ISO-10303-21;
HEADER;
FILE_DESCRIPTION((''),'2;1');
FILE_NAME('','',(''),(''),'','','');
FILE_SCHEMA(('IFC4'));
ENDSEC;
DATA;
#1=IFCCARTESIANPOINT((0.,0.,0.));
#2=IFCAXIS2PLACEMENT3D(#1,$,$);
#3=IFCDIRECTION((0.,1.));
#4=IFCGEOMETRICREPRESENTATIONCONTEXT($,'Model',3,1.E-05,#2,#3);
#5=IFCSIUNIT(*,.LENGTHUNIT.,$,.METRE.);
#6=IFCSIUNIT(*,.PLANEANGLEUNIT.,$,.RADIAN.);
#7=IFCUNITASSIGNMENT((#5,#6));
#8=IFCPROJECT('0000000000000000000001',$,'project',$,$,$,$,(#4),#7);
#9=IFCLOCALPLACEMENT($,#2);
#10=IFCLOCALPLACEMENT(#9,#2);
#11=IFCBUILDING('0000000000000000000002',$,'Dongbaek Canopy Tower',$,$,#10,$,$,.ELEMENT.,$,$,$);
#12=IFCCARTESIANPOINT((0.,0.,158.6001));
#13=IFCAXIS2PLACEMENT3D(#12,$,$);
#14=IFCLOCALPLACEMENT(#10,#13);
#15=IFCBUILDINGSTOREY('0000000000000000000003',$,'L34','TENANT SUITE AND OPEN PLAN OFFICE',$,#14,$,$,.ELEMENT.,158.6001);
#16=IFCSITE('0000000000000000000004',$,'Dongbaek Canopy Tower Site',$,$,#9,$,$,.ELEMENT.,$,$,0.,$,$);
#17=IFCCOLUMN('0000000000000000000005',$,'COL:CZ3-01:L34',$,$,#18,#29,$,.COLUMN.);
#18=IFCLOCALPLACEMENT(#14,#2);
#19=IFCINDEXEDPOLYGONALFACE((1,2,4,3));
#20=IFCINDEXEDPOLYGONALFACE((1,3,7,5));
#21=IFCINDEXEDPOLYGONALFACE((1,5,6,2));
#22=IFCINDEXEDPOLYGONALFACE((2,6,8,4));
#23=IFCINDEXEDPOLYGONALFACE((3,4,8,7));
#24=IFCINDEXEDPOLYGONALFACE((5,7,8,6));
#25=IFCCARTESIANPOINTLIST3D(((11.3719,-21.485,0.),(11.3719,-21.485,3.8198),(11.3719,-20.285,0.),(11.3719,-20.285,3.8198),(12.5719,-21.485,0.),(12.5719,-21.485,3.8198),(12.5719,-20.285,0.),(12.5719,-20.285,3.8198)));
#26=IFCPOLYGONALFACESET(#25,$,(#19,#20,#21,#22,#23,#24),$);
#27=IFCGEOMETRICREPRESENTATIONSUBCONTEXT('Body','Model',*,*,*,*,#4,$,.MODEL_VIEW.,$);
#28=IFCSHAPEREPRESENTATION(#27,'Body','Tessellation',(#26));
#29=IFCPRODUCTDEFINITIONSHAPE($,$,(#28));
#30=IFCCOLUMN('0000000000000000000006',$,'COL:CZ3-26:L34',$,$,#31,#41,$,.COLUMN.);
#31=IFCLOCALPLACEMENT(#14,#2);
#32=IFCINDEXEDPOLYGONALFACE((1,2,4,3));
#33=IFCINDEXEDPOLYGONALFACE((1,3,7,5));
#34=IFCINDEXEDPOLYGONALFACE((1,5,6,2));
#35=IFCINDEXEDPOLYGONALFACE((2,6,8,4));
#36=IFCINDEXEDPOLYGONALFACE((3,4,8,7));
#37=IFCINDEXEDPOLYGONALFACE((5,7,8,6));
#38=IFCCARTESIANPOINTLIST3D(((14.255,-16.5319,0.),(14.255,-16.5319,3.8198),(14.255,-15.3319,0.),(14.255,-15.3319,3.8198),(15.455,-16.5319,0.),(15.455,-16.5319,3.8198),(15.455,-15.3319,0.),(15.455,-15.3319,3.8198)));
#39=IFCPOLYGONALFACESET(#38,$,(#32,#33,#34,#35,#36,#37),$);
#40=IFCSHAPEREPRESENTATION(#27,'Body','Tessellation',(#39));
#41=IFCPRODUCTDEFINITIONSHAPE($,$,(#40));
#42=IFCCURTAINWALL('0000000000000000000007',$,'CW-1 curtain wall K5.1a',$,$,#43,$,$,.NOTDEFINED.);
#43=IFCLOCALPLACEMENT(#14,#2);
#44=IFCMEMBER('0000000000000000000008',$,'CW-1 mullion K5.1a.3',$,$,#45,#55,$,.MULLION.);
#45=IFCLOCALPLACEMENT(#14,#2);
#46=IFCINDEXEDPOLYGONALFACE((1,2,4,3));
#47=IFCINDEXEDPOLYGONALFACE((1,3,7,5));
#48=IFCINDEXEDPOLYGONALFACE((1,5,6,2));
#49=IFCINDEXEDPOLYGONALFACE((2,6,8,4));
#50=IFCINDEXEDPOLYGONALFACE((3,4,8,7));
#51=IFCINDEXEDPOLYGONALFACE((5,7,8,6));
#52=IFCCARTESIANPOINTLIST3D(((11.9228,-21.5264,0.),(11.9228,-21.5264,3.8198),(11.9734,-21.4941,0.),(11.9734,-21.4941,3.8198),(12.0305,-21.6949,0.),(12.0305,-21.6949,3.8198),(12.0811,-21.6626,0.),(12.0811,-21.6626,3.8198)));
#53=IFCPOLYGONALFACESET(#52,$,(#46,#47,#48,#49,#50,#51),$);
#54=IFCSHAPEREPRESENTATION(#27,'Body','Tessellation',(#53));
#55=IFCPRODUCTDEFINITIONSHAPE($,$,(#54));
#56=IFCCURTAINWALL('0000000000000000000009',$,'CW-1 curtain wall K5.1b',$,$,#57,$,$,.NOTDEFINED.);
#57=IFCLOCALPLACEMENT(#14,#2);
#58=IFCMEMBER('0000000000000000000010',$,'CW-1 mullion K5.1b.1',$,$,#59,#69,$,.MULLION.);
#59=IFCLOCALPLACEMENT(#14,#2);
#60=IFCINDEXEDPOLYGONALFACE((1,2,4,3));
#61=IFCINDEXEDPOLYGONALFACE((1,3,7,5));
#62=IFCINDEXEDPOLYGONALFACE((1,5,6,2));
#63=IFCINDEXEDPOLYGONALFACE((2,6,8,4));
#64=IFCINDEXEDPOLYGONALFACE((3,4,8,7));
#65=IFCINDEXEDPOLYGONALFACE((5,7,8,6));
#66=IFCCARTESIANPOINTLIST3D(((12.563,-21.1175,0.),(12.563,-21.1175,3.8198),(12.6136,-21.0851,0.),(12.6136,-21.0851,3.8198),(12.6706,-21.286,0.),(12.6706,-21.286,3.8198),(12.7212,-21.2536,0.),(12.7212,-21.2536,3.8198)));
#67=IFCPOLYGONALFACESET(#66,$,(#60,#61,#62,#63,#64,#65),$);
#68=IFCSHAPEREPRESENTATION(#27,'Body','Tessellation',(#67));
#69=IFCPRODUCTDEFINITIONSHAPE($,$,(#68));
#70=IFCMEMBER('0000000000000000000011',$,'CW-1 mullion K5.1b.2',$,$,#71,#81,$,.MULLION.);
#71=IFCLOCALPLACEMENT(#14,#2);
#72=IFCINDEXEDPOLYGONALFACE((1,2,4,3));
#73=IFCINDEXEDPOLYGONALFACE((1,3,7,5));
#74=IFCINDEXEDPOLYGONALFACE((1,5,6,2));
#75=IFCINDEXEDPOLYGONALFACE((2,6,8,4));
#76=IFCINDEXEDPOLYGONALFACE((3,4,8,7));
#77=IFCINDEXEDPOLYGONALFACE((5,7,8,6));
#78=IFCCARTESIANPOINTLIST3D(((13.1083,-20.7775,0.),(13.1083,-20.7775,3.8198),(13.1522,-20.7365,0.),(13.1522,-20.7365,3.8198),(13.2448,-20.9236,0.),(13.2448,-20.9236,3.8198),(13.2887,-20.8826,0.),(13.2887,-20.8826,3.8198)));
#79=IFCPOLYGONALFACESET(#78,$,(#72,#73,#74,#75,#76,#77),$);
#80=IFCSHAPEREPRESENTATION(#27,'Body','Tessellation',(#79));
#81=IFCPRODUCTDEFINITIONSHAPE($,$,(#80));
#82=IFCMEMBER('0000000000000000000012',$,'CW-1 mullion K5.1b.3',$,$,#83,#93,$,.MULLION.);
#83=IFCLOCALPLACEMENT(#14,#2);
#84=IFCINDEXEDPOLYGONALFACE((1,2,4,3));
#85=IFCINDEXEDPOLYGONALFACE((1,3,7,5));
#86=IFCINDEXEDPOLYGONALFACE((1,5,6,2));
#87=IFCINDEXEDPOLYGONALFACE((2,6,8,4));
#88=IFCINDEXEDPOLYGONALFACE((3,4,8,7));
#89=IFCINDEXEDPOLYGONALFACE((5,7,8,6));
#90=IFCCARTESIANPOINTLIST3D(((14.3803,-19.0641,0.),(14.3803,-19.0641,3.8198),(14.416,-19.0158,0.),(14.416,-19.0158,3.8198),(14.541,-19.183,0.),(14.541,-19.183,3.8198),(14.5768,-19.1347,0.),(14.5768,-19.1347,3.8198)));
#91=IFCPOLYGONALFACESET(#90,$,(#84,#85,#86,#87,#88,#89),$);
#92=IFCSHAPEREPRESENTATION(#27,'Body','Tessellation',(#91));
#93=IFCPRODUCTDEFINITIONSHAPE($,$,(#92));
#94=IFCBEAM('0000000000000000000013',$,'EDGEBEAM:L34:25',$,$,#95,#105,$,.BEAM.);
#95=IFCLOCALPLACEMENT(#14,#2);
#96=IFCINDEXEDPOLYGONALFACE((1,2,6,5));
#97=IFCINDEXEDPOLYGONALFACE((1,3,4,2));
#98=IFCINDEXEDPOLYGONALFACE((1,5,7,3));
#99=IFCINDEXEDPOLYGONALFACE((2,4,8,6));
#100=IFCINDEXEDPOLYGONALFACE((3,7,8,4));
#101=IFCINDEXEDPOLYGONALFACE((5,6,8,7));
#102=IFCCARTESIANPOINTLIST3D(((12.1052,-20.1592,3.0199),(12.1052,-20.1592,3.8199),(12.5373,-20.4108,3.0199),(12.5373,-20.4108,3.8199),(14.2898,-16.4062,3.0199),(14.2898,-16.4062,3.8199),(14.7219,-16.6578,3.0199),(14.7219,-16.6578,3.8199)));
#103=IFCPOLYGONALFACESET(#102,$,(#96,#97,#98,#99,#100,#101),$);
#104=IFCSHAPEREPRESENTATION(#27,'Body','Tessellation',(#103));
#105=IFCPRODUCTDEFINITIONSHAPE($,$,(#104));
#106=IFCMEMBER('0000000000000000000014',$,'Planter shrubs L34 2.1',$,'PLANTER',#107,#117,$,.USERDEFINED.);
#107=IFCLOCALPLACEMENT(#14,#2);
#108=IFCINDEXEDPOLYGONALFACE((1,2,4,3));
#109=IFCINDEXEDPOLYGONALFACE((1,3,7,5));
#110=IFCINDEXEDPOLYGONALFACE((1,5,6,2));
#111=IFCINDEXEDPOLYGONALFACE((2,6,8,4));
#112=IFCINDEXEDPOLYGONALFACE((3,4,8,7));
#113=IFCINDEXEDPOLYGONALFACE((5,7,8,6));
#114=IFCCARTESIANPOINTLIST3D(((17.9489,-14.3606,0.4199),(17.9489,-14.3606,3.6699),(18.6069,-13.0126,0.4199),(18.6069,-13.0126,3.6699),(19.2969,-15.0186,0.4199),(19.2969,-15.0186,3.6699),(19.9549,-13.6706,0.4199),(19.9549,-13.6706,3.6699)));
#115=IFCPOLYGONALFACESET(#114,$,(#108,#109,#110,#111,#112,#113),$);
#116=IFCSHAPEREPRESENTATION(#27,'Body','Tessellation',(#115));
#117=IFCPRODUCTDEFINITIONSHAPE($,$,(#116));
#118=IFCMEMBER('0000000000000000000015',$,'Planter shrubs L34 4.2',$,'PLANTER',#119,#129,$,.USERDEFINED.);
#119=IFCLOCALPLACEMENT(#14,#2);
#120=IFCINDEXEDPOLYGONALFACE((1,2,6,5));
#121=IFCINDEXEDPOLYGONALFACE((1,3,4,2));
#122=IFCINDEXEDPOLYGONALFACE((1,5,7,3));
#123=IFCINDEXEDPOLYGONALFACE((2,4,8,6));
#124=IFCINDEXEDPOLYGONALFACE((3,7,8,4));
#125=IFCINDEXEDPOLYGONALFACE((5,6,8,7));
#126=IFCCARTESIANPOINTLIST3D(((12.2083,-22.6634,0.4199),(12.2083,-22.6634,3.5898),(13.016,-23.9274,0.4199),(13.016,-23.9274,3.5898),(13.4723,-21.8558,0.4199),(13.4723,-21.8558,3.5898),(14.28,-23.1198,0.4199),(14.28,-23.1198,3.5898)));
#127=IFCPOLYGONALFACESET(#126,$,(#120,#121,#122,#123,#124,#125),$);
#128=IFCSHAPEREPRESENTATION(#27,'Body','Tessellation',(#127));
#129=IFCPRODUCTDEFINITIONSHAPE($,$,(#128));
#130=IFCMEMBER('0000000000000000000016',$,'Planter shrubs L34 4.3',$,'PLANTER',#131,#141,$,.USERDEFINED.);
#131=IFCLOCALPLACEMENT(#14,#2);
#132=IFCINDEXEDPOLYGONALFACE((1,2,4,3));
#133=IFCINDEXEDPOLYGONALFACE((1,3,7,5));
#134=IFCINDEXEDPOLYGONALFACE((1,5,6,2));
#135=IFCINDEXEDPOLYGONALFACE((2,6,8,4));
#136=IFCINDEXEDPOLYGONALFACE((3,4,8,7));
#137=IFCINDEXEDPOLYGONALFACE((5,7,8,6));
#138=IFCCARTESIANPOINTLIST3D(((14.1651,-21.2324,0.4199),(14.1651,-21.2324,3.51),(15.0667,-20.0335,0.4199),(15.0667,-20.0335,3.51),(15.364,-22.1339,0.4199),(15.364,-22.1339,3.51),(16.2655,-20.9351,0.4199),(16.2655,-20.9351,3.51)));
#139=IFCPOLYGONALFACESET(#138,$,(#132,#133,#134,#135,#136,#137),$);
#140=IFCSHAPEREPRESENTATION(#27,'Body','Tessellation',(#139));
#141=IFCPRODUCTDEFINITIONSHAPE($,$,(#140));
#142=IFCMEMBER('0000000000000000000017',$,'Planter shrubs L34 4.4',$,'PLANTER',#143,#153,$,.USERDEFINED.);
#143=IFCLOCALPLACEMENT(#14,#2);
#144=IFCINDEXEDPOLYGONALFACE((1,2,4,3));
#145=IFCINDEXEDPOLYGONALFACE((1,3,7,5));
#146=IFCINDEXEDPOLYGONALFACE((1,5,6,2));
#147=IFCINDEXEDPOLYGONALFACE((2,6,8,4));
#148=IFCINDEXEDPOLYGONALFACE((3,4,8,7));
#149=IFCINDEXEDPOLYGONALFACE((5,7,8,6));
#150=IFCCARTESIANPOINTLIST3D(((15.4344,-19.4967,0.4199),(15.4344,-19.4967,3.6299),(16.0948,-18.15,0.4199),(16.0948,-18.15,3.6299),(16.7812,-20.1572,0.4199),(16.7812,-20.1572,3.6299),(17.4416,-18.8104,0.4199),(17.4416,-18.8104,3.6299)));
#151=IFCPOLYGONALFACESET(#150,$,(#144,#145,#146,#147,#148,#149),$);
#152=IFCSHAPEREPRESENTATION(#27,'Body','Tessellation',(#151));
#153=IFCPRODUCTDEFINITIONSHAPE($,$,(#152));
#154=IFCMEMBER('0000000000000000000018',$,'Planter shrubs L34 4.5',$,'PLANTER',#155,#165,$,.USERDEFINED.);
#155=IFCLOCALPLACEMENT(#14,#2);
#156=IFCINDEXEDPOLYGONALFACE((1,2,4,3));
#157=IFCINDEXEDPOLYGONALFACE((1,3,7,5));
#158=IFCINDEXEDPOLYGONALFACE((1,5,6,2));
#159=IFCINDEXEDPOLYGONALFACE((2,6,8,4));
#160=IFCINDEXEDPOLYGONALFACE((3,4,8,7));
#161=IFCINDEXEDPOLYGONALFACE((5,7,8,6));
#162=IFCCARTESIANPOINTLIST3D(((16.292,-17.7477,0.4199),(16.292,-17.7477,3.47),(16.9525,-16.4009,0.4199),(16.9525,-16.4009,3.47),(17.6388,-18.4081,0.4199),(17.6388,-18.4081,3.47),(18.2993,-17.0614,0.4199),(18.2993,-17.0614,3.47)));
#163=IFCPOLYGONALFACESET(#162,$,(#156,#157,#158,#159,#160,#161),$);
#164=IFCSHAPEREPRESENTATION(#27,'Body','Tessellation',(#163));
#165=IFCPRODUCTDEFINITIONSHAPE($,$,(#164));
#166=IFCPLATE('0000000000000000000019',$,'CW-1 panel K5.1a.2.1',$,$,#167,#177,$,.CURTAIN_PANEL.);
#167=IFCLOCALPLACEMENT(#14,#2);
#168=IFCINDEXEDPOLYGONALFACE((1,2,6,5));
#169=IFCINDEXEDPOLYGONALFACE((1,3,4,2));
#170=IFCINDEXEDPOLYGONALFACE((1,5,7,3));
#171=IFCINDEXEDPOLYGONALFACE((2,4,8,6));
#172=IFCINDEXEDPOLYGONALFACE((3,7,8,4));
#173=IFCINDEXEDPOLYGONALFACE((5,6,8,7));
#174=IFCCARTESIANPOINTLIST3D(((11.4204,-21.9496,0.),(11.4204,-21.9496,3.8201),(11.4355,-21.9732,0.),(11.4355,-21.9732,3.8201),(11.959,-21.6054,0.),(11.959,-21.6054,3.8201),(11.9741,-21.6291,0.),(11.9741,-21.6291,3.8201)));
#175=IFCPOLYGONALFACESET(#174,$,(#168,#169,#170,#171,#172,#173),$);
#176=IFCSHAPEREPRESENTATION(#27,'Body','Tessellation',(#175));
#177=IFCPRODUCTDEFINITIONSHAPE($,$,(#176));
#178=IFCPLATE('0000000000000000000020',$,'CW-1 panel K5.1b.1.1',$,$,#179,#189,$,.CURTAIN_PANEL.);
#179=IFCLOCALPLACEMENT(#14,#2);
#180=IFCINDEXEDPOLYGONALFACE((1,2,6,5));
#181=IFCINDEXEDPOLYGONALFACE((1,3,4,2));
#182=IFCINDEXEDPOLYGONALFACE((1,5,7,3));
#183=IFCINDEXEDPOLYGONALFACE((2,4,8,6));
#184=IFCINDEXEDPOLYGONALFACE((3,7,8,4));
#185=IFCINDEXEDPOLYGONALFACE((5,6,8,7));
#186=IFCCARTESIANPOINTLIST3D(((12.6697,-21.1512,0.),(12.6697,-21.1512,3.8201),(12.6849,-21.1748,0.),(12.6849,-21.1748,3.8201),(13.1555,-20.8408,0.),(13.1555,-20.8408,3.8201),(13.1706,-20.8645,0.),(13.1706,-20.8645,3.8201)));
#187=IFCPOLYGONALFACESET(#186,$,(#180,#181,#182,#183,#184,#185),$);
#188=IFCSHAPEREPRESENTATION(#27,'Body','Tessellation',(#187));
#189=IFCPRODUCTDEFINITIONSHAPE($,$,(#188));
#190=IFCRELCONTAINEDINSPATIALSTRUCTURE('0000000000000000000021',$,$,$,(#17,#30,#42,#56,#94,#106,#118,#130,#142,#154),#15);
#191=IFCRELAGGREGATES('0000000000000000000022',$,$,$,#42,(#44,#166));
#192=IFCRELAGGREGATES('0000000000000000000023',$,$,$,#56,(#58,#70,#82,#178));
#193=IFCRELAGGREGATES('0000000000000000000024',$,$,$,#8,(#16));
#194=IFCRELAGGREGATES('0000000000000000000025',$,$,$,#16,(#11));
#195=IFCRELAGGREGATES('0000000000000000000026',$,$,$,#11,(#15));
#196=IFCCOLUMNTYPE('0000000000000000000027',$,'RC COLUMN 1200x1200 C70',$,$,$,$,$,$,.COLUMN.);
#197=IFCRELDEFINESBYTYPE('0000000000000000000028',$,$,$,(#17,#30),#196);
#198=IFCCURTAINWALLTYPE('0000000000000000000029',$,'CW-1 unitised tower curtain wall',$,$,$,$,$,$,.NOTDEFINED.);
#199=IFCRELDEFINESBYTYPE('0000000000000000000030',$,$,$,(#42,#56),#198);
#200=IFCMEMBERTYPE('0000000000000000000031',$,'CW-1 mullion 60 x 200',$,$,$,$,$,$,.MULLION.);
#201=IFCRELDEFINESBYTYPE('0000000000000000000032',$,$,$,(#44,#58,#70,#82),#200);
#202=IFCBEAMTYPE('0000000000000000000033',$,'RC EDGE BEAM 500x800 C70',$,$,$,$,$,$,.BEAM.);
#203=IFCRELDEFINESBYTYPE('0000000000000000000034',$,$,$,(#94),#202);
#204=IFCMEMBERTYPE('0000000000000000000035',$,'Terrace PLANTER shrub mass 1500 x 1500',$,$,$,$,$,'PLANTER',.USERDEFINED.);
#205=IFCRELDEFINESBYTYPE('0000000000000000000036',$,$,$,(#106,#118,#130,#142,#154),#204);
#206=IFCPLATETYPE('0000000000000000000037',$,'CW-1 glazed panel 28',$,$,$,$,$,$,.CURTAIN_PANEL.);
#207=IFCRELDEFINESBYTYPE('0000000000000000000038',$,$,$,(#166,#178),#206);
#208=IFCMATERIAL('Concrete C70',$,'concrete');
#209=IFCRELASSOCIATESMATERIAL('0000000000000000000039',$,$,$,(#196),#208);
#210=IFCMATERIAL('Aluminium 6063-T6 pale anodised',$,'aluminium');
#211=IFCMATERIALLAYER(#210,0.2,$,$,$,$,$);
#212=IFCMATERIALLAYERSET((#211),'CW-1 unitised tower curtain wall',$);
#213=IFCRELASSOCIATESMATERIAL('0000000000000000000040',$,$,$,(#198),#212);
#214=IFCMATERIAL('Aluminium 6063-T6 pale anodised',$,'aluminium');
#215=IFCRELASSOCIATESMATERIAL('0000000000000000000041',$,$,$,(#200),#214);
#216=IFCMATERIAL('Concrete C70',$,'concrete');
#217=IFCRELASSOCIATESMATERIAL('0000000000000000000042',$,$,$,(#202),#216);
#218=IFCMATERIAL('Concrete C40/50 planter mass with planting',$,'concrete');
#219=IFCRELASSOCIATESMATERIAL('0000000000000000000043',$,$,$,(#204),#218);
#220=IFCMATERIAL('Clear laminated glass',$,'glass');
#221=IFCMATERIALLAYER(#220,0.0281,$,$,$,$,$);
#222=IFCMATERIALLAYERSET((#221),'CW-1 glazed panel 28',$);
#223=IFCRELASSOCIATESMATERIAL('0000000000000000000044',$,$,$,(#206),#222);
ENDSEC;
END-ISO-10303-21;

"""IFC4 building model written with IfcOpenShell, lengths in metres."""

from ifc_helpers import new_model, si_unit, direction, frame, origin, origin_2d, place, context, subcontext, project, spatial, rectangle, extrude, material, layer, layer_set, material_profile, profile_set, type_object, element, aggregate, save


model = new_model("IFC4")

# Units and contexts
model_context = context("Model", 3, precision=1e-05, world=origin(), true_north=direction((0.0, 1.0)))
body_context = subcontext(model_context, "Body", "Model", "MODEL_VIEW")
ifc_project = project(units=[si_unit("LENGTHUNIT", "METRE"), si_unit("PLANEANGLEUNIT", "RADIAN")], contexts=[model_context])

# Site, building, storey
site_placement = place(None, origin())
site = spatial("IfcSite", under=ifc_project, at=site_placement, Name="Dongbaek Canopy Tower Site", CompositionType="ELEMENT", RefElevation=0.0)
building_placement = place(site_placement, origin())
building = spatial("IfcBuilding", under=site, at=building_placement, Name="Dongbaek Canopy Tower", CompositionType="ELEMENT")
storey_placement = place(building_placement, frame((0.0, 0.0, 158.6001)))
storey = spatial("IfcBuildingStorey", under=building, at=storey_placement, Name="L34", Description="TENANT SUITE AND OPEN PLAN OFFICE", CompositionType="ELEMENT", Elevation=158.6001)

# Columns
ifc_material_1 = material(Name="Concrete C70", Category="concrete")
ifc_material_profile_1 = material_profile(ifc_material_1, rectangle(XDim=1.2, YDim=1.2, at=origin_2d()), Name="RC COLUMN 1200x1200 C70")
ifc_profile_set_1 = profile_set([ifc_material_profile_1], Name="Concrete C70")
column_type = type_object("IfcColumnType", Name="RC COLUMN 1200x1200 C70", PredefinedType="COLUMN", material=ifc_profile_set_1)
for number, where, z_axis, x_axis, name in (
    (1, (11.9719, -20.885, 0.0), (0.0, 0.0, 1.0), (1.0, 0.0, 0.0), "COL:CZ3-01:L34"),
    (2, (14.855, -15.9319, 0.0), (0.0, 0.0, 1.0), (1.0, 0.0, 0.0), "COL:CZ3-26:L34"),
):
    element("IfcColumn", number, at=place(storey_placement, frame(where, z_axis=z_axis, x_axis=x_axis)), inside=storey, type_object=column_type, Name=name, PredefinedType="COLUMN", context=body_context, shape_type="SweptSolid", body=[
        extrude(rectangle(XDim=1.2, YDim=1.2, at=origin_2d()), origin(), (0.0, 0.0, 1.0), 3.8198),
    ])

# Curtain wall, member
ifc_material_2 = material(Name="Aluminium 6063-T6 pale anodised", Category="aluminium")
ifc_layer_1 = layer(ifc_material_2, 0.2)
ifc_layer_set_1 = layer_set([ifc_layer_1], Name="CW-1 unitised tower curtain wall")
curtain_wall_type = type_object("IfcCurtainWallType", Name="CW-1 unitised tower curtain wall", PredefinedType="NOTDEFINED", material=ifc_layer_set_1)
curtain_wall_1_placement = place(storey_placement, origin())
curtain_wall_1 = element("IfcCurtainWall", 3, at=curtain_wall_1_placement, inside=storey, type_object=curtain_wall_type, Name="CW-1 curtain wall K5.1a", PredefinedType="NOTDEFINED")
ifc_material_3 = material(Name="Aluminium 6063-T6 pale anodised", Category="aluminium")
ifc_material_profile_2 = material_profile(ifc_material_3, rectangle(XDim=0.2, YDim=0.0601, at=origin_2d()), Name="CW-1 mullion 60 x 200")
ifc_profile_set_2 = profile_set([ifc_material_profile_2], Name="Aluminium 6063-T6 pale anodised")
member_type_1 = type_object("IfcMemberType", Name="CW-1 mullion 60 x 200", PredefinedType="MULLION", material=ifc_profile_set_2)
member_1_placement = place(storey_placement, frame((12.002, -21.5945, 0.0), z_axis=(0.0, 0.0, 1.0), x_axis=(0.538453, -0.842656, 0.0)))
member_1 = element("IfcMember", 4, at=member_1_placement, type_object=member_type_1, Name="CW-1 mullion K5.1a.3", PredefinedType="MULLION", context=body_context, shape_type="SweptSolid", body=[
    extrude(rectangle(XDim=0.2, YDim=0.0601, at=origin_2d()), origin(), (0.0, 0.0, 1.0), 3.8198),
])

# Curtain wall, members
curtain_wall_2_placement = place(storey_placement, origin())
curtain_wall_2 = element("IfcCurtainWall", 5, at=curtain_wall_2_placement, inside=storey, type_object=curtain_wall_type, Name="CW-1 curtain wall K5.1b", PredefinedType="NOTDEFINED")
member_2_placement = place(storey_placement, frame((12.6421, -21.1855, 0.0), z_axis=(0.0, 0.0, 1.0), x_axis=(0.538453, -0.842656, 0.0)))
member_2 = element("IfcMember", 6, at=member_2_placement, type_object=member_type_1, Name="CW-1 mullion K5.1b.1", PredefinedType="MULLION", context=body_context, shape_type="SweptSolid", body=[
    extrude(rectangle(XDim=0.2, YDim=0.0601, at=origin_2d()), origin(), (0.0, 0.0, 1.0), 3.8198),
])
member_3_placement = place(storey_placement, frame((13.1985, -20.8301, 0.0), z_axis=(0.0, 0.0, 1.0), x_axis=(0.682586, -0.730806, 0.0)))
member_3 = element("IfcMember", 7, at=member_3_placement, type_object=member_type_1, Name="CW-1 mullion K5.1b.2", PredefinedType="MULLION", context=body_context, shape_type="SweptSolid", body=[
    extrude(rectangle(XDim=0.2, YDim=0.0601, at=origin_2d()), origin(), (0.0, 0.0, 1.0), 3.8198),
])
member_4_placement = place(storey_placement, frame((14.4785, -19.0994, 0.0), z_axis=(0.0, 0.0, 1.0), x_axis=(0.803999, -0.594631, 0.0)))
member_4 = element("IfcMember", 8, at=member_4_placement, type_object=member_type_1, Name="CW-1 mullion K5.1b.3", PredefinedType="MULLION", context=body_context, shape_type="SweptSolid", body=[
    extrude(rectangle(XDim=0.2, YDim=0.0601, at=origin_2d()), origin(), (0.0, 0.0, 1.0), 3.8198),
])

# Beam
ifc_material_4 = material(Name="Concrete C70", Category="concrete")
ifc_material_profile_3 = material_profile(ifc_material_4, rectangle(XDim=0.5, YDim=0.8, at=origin_2d()), Name="RC EDGE BEAM 500x800 C70")
ifc_profile_set_3 = profile_set([ifc_material_profile_3], Name="Concrete C70")
beam_type = type_object("IfcBeamType", Name="RC EDGE BEAM 500x800 C70", PredefinedType="BEAM", material=ifc_profile_set_3)
beam_placement = place(storey_placement, frame((14.5059, -16.532, 3.4199), z_axis=(-0.503074, -0.864243, 0.0), x_axis=(0.864243, -0.503074, 0.0)))
element("IfcBeam", 9, at=beam_placement, inside=storey, type_object=beam_type, Name="EDGEBEAM:L34:25", PredefinedType="BEAM", context=body_context, shape_type="SweptSolid", body=[
    extrude(rectangle(XDim=0.5, YDim=0.8, at=origin_2d()), origin(), (0.0, 0.0, 1.0), 4.3425),
])

# Members
ifc_material_5 = material(Name="Concrete C40/50 planter mass with planting", Category="concrete")
ifc_material_profile_4 = material_profile(ifc_material_5, rectangle(XDim=1.5, YDim=1.5, at=origin_2d()), Name="Terrace PLANTER shrub mass 1500 x 1500")
ifc_profile_set_4 = profile_set([ifc_material_profile_4], Name="Concrete C40/50 planter mass with planting")
member_type_2 = type_object("IfcMemberType", Name="Terrace PLANTER shrub mass 1500 x 1500", ElementType="PLANTER", PredefinedType="USERDEFINED", material=ifc_profile_set_4)
member_5_placement = place(storey_placement, frame((18.9519, -14.0156, 0.4199), z_axis=(0.0, 0.0, 1.0), x_axis=(0.898651, -0.438665, 0.0)))
element("IfcMember", 10, at=member_5_placement, inside=storey, type_object=member_type_2, Name="Planter shrubs L34 2.1", ObjectType="PLANTER", PredefinedType="USERDEFINED", context=body_context, shape_type="SweptSolid", body=[
    extrude(rectangle(XDim=1.5, YDim=1.5, at=origin_2d()), origin(), (0.0, 0.0, 1.0), 3.25),
])
member_6_placement = place(storey_placement, frame((13.2441, -22.8916, 0.4199), z_axis=(0.0, 0.0, 1.0), x_axis=(0.538453, -0.842656, 0.0)))
element("IfcMember", 11, at=member_6_placement, inside=storey, type_object=member_type_2, Name="Planter shrubs L34 4.2", ObjectType="PLANTER", PredefinedType="USERDEFINED", context=body_context, shape_type="SweptSolid", body=[
    extrude(rectangle(XDim=1.5, YDim=1.5, at=origin_2d()), origin(), (0.0, 0.0, 1.0), 3.1699),
])
member_7_placement = place(storey_placement, frame((15.2153, -21.0837, 0.4199), z_axis=(0.0, 0.0, 1.0), x_axis=(0.799228, -0.601028, 0.0)))
element("IfcMember", 12, at=member_7_placement, inside=storey, type_object=member_type_2, Name="Planter shrubs L34 4.3", ObjectType="PLANTER", PredefinedType="USERDEFINED", context=body_context, shape_type="SweptSolid", body=[
    extrude(rectangle(XDim=1.5, YDim=1.5, at=origin_2d()), origin(), (0.0, 0.0, 1.0), 3.0901),
])
member_8_placement = place(storey_placement, frame((16.438, -19.1536, 0.4199), z_axis=(0.0, 0.0, 1.0), x_axis=(0.897856, -0.440289, 0.0)))
element("IfcMember", 13, at=member_8_placement, inside=storey, type_object=member_type_2, Name="Planter shrubs L34 4.4", ObjectType="PLANTER", PredefinedType="USERDEFINED", context=body_context, shape_type="SweptSolid", body=[
    extrude(rectangle(XDim=1.5, YDim=1.5, at=origin_2d()), origin(), (0.0, 0.0, 1.0), 3.21),
])
member_9_placement = place(storey_placement, frame((17.2957, -17.4045, 0.4199), z_axis=(0.0, 0.0, 1.0), x_axis=(0.897856, -0.440289, 0.0)))
element("IfcMember", 14, at=member_9_placement, inside=storey, type_object=member_type_2, Name="Planter shrubs L34 4.5", ObjectType="PLANTER", PredefinedType="USERDEFINED", context=body_context, shape_type="SweptSolid", body=[
    extrude(rectangle(XDim=1.5, YDim=1.5, at=origin_2d()), origin(), (0.0, 0.0, 1.0), 3.05),
])

# Plates
ifc_material_6 = material(Name="Clear laminated glass", Category="glass")
ifc_layer_2 = layer(ifc_material_6, 0.0281)
ifc_layer_set_2 = layer_set([ifc_layer_2], Name="CW-1 glazed panel 28")
plate_type = type_object("IfcPlateType", Name="CW-1 glazed panel 28", PredefinedType="CURTAIN_PANEL", material=ifc_layer_set_2)
plate_1_placement = place(storey_placement, frame((11.6973, -21.7893, 0.0), z_axis=(0.0, 0.0, 1.0), x_axis=(0.842656, 0.538453, 0.0)))
plate_1 = element("IfcPlate", 15, at=plate_1_placement, type_object=plate_type, Name="CW-1 panel K5.1a.2.1", PredefinedType="CURTAIN_PANEL", context=body_context, shape_type="SweptSolid", body=[
    extrude(rectangle(XDim=0.6392, YDim=0.0281, at=origin_2d()), origin(), (0.0, 0.0, 1.0), 3.8201),
])
aggregate(curtain_wall_1, [member_1, plate_1])
plate_2_placement = place(storey_placement, frame((12.9202, -21.0078, 0.0), z_axis=(0.0, 0.0, 1.0), x_axis=(0.842656, 0.538453, 0.0)))
plate_2 = element("IfcPlate", 16, at=plate_2_placement, type_object=plate_type, Name="CW-1 panel K5.1b.1.1", PredefinedType="CURTAIN_PANEL", context=body_context, shape_type="SweptSolid", body=[
    extrude(rectangle(XDim=0.5764, YDim=0.0281, at=origin_2d()), origin(), (0.0, 0.0, 1.0), 3.8201),
])
aggregate(curtain_wall_2, [member_2, member_3, member_4, plate_2])

save(model, "model.ifc")
